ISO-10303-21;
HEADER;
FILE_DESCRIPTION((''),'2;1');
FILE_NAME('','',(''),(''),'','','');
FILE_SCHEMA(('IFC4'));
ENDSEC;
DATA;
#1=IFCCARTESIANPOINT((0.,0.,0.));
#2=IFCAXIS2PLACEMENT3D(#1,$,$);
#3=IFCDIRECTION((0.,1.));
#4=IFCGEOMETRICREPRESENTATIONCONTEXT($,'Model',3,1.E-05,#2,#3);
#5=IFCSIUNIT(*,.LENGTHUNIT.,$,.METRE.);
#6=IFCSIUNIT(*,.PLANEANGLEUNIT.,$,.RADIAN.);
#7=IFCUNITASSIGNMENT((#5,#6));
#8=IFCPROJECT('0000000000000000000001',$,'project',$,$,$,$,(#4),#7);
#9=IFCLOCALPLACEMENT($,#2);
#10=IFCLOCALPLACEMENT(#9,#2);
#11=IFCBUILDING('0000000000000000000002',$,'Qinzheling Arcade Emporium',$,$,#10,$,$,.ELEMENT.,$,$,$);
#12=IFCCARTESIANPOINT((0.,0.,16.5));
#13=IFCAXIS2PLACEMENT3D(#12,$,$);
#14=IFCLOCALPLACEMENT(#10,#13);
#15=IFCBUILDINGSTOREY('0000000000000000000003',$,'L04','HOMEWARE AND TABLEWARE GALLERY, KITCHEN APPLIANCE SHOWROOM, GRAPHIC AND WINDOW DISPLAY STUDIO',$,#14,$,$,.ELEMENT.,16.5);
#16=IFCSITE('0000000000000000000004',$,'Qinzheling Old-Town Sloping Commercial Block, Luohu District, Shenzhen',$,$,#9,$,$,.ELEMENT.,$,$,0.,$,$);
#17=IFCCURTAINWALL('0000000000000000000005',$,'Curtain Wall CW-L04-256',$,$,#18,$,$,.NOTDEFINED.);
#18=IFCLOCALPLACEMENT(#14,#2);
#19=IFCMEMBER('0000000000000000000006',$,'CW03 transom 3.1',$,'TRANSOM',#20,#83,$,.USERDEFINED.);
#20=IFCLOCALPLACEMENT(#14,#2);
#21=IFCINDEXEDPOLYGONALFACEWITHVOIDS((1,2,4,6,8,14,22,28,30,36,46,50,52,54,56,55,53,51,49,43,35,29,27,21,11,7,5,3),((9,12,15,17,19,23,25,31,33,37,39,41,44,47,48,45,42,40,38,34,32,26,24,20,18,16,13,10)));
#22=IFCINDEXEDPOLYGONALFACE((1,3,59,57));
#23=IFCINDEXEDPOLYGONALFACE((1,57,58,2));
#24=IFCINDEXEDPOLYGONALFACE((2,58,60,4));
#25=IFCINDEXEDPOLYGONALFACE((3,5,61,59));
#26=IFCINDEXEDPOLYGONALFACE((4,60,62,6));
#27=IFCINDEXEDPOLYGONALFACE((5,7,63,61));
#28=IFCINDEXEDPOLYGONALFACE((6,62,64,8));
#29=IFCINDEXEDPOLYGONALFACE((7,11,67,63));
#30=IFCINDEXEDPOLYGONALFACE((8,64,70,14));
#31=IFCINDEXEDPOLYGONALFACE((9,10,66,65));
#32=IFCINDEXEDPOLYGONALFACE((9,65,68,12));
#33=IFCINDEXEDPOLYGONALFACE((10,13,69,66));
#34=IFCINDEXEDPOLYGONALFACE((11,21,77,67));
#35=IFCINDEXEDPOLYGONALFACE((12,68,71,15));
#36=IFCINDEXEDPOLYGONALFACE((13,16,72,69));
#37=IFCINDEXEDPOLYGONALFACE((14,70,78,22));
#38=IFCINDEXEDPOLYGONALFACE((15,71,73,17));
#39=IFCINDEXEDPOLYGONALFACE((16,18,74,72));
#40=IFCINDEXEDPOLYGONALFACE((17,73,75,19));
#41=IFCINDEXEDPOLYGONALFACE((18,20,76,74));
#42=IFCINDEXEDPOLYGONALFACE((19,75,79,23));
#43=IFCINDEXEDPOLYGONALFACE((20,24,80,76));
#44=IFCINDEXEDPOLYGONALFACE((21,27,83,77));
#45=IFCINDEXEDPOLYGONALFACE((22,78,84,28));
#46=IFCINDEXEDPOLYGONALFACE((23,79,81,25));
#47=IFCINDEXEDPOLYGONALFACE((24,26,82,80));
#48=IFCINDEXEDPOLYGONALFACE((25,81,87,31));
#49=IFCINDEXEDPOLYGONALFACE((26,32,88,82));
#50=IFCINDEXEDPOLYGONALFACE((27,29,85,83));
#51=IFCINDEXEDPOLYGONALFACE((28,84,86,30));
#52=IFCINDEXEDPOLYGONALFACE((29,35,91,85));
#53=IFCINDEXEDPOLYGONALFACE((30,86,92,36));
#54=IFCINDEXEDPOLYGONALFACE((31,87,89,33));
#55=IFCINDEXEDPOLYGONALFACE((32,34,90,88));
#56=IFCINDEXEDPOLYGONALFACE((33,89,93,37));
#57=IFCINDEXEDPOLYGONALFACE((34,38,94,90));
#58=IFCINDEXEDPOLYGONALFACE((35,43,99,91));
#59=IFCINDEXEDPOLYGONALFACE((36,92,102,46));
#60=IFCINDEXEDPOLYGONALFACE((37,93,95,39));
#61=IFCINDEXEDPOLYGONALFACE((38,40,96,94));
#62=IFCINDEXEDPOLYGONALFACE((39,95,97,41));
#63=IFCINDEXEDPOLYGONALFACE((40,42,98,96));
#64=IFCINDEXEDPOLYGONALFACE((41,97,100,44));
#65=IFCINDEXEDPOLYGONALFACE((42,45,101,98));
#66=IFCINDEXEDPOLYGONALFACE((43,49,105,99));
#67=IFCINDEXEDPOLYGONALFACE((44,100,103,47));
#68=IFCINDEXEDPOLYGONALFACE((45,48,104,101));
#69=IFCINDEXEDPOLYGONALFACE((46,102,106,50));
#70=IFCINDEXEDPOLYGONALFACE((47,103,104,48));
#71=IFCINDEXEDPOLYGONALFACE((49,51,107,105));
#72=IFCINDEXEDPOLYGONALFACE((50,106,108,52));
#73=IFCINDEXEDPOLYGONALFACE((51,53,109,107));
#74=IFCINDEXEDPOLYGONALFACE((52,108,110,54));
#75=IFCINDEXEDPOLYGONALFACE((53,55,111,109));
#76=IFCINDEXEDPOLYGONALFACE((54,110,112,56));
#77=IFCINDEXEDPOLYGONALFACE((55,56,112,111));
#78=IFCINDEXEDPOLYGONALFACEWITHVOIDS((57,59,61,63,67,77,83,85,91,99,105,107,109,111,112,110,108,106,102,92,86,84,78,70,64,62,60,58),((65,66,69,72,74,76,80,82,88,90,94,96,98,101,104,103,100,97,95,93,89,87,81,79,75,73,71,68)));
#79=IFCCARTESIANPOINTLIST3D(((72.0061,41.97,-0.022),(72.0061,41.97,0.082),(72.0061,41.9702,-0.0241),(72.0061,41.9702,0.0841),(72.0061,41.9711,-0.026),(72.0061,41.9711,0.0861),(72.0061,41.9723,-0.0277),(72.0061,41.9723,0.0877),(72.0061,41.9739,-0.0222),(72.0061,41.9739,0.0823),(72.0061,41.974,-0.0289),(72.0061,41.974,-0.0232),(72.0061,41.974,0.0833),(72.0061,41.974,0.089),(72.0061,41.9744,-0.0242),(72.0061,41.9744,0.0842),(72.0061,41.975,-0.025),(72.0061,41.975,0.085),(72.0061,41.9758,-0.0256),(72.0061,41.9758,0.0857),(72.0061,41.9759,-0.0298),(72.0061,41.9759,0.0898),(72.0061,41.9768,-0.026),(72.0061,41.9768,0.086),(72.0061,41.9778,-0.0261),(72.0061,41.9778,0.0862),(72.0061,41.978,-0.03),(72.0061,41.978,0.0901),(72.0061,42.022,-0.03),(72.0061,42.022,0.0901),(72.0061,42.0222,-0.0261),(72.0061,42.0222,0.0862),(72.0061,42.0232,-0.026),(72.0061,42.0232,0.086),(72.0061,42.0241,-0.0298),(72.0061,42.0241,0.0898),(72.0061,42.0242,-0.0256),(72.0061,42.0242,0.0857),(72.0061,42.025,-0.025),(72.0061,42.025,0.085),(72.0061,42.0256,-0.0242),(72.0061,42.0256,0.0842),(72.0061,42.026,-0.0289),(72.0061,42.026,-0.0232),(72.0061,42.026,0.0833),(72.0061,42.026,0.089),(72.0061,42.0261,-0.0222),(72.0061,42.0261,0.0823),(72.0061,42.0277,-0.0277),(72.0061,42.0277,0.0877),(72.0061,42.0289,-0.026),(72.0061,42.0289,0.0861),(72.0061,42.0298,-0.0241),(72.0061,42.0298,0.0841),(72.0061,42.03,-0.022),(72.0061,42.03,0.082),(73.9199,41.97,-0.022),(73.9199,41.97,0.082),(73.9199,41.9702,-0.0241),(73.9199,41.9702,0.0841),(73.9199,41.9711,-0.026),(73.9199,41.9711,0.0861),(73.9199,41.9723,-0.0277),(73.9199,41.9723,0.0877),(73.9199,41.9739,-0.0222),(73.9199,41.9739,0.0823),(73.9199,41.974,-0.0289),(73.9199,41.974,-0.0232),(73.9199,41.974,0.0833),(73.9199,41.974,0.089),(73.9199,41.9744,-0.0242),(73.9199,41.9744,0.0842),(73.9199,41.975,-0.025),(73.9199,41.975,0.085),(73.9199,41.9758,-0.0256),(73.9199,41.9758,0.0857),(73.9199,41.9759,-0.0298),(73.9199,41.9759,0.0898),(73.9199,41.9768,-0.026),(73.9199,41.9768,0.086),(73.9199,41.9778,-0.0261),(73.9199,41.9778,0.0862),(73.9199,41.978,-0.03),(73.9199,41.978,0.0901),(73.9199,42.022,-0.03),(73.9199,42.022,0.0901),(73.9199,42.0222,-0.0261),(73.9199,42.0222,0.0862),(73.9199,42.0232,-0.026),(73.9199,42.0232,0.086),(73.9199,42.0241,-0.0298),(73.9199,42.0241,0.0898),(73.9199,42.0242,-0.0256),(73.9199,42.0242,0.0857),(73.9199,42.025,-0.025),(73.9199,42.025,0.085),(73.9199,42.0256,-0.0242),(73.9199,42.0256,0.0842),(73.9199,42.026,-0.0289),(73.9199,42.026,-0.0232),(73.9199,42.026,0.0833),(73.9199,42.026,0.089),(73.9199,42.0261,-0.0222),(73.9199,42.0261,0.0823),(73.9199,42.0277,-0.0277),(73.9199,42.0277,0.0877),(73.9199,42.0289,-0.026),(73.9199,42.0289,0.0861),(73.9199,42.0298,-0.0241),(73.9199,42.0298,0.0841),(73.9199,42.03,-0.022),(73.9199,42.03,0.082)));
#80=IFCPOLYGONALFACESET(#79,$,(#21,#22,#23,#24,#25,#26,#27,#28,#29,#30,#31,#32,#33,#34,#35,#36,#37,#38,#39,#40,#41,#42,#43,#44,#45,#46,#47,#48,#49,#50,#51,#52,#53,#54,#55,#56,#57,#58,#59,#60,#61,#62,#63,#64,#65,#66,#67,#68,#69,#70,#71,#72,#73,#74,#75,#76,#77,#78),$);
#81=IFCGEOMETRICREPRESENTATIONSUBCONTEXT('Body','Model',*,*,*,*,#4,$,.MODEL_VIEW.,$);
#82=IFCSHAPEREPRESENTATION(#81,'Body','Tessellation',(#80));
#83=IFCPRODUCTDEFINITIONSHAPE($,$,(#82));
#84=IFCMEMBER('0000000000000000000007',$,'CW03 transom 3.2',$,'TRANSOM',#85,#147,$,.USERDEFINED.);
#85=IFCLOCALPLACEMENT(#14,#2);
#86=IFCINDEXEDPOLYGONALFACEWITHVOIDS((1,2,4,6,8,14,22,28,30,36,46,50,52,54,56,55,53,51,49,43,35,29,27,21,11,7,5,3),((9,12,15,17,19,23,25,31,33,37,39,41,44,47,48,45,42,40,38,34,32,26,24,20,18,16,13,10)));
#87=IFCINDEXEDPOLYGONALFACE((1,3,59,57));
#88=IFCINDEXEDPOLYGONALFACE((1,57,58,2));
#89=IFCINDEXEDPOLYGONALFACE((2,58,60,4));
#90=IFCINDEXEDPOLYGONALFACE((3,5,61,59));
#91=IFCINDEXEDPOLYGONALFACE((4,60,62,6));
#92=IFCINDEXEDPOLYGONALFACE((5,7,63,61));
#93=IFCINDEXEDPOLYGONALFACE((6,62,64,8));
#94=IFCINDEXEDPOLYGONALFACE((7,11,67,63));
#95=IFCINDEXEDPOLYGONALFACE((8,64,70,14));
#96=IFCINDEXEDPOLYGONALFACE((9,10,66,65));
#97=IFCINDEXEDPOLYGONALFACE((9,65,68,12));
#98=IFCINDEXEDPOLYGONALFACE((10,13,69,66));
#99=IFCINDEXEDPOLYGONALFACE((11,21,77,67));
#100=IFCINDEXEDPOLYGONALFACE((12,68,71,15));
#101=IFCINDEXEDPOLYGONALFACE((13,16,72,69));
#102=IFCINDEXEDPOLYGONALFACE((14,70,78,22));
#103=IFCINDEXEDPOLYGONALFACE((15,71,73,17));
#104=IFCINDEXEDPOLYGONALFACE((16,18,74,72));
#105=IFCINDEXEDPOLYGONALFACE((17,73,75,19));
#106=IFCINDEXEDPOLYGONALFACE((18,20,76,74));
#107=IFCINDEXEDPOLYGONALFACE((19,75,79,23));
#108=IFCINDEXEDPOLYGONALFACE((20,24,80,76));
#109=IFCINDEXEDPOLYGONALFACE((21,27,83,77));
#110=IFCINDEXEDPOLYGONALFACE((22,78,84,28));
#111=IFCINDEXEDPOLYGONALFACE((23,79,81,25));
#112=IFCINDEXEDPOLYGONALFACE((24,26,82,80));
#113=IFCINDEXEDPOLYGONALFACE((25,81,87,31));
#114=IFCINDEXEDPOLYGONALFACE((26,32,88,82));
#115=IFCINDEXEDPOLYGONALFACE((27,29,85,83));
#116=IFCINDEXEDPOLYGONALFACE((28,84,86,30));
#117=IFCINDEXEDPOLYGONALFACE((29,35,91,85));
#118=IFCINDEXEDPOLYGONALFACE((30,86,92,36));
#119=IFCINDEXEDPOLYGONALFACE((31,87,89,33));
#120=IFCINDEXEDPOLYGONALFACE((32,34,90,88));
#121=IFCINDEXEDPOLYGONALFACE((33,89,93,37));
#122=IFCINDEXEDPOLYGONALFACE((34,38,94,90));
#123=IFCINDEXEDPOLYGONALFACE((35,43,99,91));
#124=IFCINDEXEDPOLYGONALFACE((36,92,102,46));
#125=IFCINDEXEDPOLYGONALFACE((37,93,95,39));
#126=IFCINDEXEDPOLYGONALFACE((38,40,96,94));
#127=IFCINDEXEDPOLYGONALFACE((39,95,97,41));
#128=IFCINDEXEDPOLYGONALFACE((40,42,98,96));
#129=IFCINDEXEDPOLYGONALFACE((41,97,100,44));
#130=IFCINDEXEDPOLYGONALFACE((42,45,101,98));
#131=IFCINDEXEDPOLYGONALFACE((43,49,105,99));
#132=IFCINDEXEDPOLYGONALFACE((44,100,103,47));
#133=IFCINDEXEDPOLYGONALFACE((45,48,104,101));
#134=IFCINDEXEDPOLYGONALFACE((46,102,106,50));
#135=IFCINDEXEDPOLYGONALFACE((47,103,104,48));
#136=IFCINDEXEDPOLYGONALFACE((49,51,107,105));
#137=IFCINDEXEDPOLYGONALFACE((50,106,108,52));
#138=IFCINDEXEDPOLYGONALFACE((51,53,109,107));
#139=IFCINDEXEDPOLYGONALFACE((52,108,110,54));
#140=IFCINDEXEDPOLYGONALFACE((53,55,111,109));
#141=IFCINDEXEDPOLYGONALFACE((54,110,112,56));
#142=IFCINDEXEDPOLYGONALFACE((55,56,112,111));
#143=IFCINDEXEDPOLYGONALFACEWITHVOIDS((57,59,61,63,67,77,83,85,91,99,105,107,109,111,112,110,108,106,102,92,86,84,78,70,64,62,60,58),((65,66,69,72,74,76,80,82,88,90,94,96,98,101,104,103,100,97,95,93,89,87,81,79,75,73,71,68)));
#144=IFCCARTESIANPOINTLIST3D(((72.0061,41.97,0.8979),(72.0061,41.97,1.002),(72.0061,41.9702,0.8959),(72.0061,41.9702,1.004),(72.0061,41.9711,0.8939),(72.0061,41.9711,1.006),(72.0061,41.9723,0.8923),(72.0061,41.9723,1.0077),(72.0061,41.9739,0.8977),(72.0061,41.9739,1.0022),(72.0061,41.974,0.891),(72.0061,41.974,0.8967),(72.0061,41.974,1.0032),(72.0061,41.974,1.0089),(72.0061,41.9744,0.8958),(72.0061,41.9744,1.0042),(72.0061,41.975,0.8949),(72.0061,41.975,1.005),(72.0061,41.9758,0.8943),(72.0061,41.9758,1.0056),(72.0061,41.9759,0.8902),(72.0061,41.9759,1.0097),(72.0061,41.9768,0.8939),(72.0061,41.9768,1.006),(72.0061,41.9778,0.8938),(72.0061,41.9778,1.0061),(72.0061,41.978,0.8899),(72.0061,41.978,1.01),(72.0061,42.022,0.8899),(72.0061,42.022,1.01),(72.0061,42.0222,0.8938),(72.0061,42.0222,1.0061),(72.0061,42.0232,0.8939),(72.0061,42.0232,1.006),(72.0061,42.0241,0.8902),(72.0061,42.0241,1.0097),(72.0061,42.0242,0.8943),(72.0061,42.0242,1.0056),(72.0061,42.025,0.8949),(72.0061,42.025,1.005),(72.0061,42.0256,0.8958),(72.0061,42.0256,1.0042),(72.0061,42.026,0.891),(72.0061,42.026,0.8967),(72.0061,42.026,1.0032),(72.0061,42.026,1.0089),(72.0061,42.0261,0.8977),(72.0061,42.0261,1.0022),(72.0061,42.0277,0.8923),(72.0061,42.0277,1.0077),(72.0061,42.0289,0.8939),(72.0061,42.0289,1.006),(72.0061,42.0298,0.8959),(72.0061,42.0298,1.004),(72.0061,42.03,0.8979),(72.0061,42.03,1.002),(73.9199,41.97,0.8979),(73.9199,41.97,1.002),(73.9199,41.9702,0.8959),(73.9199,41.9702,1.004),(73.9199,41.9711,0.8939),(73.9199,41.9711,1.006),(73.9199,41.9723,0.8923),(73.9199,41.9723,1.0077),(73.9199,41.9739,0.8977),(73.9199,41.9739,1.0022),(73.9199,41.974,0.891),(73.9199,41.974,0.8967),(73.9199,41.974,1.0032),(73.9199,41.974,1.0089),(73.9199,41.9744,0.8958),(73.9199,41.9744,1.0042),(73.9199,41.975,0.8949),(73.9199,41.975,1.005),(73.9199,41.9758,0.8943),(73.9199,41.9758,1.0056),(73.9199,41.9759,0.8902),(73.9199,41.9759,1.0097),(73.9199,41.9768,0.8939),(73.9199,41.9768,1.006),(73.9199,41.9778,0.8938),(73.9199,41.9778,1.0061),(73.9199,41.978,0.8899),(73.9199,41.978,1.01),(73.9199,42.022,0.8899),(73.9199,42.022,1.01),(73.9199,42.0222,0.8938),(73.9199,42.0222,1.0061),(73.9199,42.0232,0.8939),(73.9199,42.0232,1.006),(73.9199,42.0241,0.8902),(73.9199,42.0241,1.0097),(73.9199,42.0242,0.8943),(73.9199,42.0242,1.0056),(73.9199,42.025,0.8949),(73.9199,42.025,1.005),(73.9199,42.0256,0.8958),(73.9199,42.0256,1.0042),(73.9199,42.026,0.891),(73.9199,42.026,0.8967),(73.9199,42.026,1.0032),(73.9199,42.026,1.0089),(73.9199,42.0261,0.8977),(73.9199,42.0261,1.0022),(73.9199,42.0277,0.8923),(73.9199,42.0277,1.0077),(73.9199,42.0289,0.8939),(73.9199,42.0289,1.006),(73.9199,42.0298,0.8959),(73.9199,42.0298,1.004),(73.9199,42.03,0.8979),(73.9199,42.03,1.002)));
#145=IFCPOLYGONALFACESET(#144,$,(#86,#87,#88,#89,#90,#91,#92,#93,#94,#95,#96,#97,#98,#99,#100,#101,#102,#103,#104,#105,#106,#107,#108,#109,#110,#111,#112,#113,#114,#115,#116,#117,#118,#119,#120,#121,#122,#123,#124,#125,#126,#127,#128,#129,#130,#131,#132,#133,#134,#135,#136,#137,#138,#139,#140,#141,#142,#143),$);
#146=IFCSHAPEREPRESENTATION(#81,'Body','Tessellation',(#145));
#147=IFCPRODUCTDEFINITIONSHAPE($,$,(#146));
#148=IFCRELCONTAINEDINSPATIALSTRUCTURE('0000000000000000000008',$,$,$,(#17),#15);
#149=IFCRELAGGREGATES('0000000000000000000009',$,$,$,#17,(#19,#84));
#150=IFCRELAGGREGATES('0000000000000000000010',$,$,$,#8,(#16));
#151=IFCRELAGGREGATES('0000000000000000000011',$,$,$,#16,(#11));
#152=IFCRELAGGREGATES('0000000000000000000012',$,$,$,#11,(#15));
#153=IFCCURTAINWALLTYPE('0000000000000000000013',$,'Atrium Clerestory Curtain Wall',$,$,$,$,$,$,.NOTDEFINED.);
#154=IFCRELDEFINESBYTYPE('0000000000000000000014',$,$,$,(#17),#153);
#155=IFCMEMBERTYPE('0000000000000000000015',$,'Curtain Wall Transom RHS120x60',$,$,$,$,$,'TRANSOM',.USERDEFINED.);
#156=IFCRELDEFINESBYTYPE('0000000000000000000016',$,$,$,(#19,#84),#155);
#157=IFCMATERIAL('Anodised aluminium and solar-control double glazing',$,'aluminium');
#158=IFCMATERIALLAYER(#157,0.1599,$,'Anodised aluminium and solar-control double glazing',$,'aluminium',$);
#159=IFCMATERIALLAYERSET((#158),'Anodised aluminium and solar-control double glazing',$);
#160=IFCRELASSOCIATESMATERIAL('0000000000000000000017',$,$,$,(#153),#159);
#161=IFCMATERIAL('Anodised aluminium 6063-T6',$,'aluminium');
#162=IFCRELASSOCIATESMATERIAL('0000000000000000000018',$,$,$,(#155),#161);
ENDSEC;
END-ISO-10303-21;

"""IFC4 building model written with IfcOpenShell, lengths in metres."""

from ifc_helpers import new_model, si_unit, direction, frame, origin, origin_2d, place, context, subcontext, project, spatial, hollow_rectangle, extrude, material, layer, layer_set, material_profile, profile_set, type_object, element, aggregate, save


model = new_model("IFC4")

# Units and contexts
model_context = context("Model", 3, precision=1e-05, world=origin(), true_north=direction((0.0, 1.0)))
body_context = subcontext(model_context, "Body", "Model", "MODEL_VIEW")
ifc_project = project(units=[si_unit("LENGTHUNIT", "METRE"), si_unit("PLANEANGLEUNIT", "RADIAN")], contexts=[model_context])

# Site, building, storey
site_placement = place(None, origin())
site = spatial("IfcSite", under=ifc_project, at=site_placement, Name="Qinzheling Old-Town Sloping Commercial Block, Luohu District, Shenzhen", CompositionType="ELEMENT", RefElevation=0.0)
building_placement = place(site_placement, origin())
building = spatial("IfcBuilding", under=site, at=building_placement, Name="Qinzheling Arcade Emporium", CompositionType="ELEMENT")
storey_placement = place(building_placement, frame((0.0, 0.0, 16.5)))
storey = spatial("IfcBuildingStorey", under=building, at=storey_placement, Name="L04", Description="HOMEWARE AND TABLEWARE GALLERY, KITCHEN APPLIANCE SHOWROOM, GRAPHIC AND WINDOW DISPLAY STUDIO", CompositionType="ELEMENT", Elevation=16.5)

# Curtain wall, members
ifc_material_1 = material(Name="Anodised aluminium and solar-control double glazing", Category="aluminium")
ifc_layer_1 = layer(ifc_material_1, 0.1599, Name="Anodised aluminium and solar-control double glazing", Category="aluminium")
ifc_layer_set_1 = layer_set([ifc_layer_1], Name="Anodised aluminium and solar-control double glazing")
curtain_wall_type = type_object("IfcCurtainWallType", Name="Atrium Clerestory Curtain Wall", PredefinedType="NOTDEFINED", material=ifc_layer_set_1)
curtain_wall_placement = place(storey_placement, origin())
curtain_wall = element("IfcCurtainWall", 1, at=curtain_wall_placement, inside=storey, type_object=curtain_wall_type, Name="Curtain Wall CW-L04-256", PredefinedType="NOTDEFINED")
ifc_material_2 = material(Name="Anodised aluminium 6063-T6", Category="aluminium")
ifc_material_profile_1 = material_profile(ifc_material_2, hollow_rectangle(XDim=0.0601, YDim=0.1201, WallThickness=0.0039, InnerFilletRadius=0.0039, OuterFilletRadius=0.0081, at=origin_2d()), Name="RHS 120x60x4", Category="aluminium")
ifc_profile_set_1 = profile_set([ifc_material_profile_1], Name="Anodised aluminium 6063-T6")
member_type_1 = type_object("IfcMemberType", Name="Curtain Wall Transom RHS120x60", ElementType="TRANSOM", PredefinedType="USERDEFINED", material=ifc_profile_set_1)
member_1_placement = place(storey_placement, frame((73.9199, 42.0, 0.03), z_axis=(-1.0, 0.0, 0.0), x_axis=(0.0, -1.0, 0.0)))
member_1 = element("IfcMember", 2, at=member_1_placement, type_object=member_type_1, Name="CW03 transom 3.1", ObjectType="TRANSOM", PredefinedType="USERDEFINED", context=body_context, shape_type="SweptSolid", body=[
    extrude(hollow_rectangle(XDim=0.0601, YDim=0.1201, WallThickness=0.0039, InnerFilletRadius=0.0039, OuterFilletRadius=0.0081, at=origin_2d()), origin(), (0.0, 0.0, 1.0), 1.9138),
])
member_2_placement = place(storey_placement, frame((73.9199, 42.0, 0.95), z_axis=(-1.0, 0.0, 0.0), x_axis=(0.0, -1.0, 0.0)))
member_2 = element("IfcMember", 3, at=member_2_placement, type_object=member_type_1, Name="CW03 transom 3.2", ObjectType="TRANSOM", PredefinedType="USERDEFINED", context=body_context, shape_type="SweptSolid", body=[
    extrude(hollow_rectangle(XDim=0.0601, YDim=0.1201, WallThickness=0.0039, InnerFilletRadius=0.0039, OuterFilletRadius=0.0081, at=origin_2d()), origin(), (0.0, 0.0, 1.0), 1.9138),
])

aggregate(curtain_wall, [member_1, member_2])

save(model, "model.ifc")
